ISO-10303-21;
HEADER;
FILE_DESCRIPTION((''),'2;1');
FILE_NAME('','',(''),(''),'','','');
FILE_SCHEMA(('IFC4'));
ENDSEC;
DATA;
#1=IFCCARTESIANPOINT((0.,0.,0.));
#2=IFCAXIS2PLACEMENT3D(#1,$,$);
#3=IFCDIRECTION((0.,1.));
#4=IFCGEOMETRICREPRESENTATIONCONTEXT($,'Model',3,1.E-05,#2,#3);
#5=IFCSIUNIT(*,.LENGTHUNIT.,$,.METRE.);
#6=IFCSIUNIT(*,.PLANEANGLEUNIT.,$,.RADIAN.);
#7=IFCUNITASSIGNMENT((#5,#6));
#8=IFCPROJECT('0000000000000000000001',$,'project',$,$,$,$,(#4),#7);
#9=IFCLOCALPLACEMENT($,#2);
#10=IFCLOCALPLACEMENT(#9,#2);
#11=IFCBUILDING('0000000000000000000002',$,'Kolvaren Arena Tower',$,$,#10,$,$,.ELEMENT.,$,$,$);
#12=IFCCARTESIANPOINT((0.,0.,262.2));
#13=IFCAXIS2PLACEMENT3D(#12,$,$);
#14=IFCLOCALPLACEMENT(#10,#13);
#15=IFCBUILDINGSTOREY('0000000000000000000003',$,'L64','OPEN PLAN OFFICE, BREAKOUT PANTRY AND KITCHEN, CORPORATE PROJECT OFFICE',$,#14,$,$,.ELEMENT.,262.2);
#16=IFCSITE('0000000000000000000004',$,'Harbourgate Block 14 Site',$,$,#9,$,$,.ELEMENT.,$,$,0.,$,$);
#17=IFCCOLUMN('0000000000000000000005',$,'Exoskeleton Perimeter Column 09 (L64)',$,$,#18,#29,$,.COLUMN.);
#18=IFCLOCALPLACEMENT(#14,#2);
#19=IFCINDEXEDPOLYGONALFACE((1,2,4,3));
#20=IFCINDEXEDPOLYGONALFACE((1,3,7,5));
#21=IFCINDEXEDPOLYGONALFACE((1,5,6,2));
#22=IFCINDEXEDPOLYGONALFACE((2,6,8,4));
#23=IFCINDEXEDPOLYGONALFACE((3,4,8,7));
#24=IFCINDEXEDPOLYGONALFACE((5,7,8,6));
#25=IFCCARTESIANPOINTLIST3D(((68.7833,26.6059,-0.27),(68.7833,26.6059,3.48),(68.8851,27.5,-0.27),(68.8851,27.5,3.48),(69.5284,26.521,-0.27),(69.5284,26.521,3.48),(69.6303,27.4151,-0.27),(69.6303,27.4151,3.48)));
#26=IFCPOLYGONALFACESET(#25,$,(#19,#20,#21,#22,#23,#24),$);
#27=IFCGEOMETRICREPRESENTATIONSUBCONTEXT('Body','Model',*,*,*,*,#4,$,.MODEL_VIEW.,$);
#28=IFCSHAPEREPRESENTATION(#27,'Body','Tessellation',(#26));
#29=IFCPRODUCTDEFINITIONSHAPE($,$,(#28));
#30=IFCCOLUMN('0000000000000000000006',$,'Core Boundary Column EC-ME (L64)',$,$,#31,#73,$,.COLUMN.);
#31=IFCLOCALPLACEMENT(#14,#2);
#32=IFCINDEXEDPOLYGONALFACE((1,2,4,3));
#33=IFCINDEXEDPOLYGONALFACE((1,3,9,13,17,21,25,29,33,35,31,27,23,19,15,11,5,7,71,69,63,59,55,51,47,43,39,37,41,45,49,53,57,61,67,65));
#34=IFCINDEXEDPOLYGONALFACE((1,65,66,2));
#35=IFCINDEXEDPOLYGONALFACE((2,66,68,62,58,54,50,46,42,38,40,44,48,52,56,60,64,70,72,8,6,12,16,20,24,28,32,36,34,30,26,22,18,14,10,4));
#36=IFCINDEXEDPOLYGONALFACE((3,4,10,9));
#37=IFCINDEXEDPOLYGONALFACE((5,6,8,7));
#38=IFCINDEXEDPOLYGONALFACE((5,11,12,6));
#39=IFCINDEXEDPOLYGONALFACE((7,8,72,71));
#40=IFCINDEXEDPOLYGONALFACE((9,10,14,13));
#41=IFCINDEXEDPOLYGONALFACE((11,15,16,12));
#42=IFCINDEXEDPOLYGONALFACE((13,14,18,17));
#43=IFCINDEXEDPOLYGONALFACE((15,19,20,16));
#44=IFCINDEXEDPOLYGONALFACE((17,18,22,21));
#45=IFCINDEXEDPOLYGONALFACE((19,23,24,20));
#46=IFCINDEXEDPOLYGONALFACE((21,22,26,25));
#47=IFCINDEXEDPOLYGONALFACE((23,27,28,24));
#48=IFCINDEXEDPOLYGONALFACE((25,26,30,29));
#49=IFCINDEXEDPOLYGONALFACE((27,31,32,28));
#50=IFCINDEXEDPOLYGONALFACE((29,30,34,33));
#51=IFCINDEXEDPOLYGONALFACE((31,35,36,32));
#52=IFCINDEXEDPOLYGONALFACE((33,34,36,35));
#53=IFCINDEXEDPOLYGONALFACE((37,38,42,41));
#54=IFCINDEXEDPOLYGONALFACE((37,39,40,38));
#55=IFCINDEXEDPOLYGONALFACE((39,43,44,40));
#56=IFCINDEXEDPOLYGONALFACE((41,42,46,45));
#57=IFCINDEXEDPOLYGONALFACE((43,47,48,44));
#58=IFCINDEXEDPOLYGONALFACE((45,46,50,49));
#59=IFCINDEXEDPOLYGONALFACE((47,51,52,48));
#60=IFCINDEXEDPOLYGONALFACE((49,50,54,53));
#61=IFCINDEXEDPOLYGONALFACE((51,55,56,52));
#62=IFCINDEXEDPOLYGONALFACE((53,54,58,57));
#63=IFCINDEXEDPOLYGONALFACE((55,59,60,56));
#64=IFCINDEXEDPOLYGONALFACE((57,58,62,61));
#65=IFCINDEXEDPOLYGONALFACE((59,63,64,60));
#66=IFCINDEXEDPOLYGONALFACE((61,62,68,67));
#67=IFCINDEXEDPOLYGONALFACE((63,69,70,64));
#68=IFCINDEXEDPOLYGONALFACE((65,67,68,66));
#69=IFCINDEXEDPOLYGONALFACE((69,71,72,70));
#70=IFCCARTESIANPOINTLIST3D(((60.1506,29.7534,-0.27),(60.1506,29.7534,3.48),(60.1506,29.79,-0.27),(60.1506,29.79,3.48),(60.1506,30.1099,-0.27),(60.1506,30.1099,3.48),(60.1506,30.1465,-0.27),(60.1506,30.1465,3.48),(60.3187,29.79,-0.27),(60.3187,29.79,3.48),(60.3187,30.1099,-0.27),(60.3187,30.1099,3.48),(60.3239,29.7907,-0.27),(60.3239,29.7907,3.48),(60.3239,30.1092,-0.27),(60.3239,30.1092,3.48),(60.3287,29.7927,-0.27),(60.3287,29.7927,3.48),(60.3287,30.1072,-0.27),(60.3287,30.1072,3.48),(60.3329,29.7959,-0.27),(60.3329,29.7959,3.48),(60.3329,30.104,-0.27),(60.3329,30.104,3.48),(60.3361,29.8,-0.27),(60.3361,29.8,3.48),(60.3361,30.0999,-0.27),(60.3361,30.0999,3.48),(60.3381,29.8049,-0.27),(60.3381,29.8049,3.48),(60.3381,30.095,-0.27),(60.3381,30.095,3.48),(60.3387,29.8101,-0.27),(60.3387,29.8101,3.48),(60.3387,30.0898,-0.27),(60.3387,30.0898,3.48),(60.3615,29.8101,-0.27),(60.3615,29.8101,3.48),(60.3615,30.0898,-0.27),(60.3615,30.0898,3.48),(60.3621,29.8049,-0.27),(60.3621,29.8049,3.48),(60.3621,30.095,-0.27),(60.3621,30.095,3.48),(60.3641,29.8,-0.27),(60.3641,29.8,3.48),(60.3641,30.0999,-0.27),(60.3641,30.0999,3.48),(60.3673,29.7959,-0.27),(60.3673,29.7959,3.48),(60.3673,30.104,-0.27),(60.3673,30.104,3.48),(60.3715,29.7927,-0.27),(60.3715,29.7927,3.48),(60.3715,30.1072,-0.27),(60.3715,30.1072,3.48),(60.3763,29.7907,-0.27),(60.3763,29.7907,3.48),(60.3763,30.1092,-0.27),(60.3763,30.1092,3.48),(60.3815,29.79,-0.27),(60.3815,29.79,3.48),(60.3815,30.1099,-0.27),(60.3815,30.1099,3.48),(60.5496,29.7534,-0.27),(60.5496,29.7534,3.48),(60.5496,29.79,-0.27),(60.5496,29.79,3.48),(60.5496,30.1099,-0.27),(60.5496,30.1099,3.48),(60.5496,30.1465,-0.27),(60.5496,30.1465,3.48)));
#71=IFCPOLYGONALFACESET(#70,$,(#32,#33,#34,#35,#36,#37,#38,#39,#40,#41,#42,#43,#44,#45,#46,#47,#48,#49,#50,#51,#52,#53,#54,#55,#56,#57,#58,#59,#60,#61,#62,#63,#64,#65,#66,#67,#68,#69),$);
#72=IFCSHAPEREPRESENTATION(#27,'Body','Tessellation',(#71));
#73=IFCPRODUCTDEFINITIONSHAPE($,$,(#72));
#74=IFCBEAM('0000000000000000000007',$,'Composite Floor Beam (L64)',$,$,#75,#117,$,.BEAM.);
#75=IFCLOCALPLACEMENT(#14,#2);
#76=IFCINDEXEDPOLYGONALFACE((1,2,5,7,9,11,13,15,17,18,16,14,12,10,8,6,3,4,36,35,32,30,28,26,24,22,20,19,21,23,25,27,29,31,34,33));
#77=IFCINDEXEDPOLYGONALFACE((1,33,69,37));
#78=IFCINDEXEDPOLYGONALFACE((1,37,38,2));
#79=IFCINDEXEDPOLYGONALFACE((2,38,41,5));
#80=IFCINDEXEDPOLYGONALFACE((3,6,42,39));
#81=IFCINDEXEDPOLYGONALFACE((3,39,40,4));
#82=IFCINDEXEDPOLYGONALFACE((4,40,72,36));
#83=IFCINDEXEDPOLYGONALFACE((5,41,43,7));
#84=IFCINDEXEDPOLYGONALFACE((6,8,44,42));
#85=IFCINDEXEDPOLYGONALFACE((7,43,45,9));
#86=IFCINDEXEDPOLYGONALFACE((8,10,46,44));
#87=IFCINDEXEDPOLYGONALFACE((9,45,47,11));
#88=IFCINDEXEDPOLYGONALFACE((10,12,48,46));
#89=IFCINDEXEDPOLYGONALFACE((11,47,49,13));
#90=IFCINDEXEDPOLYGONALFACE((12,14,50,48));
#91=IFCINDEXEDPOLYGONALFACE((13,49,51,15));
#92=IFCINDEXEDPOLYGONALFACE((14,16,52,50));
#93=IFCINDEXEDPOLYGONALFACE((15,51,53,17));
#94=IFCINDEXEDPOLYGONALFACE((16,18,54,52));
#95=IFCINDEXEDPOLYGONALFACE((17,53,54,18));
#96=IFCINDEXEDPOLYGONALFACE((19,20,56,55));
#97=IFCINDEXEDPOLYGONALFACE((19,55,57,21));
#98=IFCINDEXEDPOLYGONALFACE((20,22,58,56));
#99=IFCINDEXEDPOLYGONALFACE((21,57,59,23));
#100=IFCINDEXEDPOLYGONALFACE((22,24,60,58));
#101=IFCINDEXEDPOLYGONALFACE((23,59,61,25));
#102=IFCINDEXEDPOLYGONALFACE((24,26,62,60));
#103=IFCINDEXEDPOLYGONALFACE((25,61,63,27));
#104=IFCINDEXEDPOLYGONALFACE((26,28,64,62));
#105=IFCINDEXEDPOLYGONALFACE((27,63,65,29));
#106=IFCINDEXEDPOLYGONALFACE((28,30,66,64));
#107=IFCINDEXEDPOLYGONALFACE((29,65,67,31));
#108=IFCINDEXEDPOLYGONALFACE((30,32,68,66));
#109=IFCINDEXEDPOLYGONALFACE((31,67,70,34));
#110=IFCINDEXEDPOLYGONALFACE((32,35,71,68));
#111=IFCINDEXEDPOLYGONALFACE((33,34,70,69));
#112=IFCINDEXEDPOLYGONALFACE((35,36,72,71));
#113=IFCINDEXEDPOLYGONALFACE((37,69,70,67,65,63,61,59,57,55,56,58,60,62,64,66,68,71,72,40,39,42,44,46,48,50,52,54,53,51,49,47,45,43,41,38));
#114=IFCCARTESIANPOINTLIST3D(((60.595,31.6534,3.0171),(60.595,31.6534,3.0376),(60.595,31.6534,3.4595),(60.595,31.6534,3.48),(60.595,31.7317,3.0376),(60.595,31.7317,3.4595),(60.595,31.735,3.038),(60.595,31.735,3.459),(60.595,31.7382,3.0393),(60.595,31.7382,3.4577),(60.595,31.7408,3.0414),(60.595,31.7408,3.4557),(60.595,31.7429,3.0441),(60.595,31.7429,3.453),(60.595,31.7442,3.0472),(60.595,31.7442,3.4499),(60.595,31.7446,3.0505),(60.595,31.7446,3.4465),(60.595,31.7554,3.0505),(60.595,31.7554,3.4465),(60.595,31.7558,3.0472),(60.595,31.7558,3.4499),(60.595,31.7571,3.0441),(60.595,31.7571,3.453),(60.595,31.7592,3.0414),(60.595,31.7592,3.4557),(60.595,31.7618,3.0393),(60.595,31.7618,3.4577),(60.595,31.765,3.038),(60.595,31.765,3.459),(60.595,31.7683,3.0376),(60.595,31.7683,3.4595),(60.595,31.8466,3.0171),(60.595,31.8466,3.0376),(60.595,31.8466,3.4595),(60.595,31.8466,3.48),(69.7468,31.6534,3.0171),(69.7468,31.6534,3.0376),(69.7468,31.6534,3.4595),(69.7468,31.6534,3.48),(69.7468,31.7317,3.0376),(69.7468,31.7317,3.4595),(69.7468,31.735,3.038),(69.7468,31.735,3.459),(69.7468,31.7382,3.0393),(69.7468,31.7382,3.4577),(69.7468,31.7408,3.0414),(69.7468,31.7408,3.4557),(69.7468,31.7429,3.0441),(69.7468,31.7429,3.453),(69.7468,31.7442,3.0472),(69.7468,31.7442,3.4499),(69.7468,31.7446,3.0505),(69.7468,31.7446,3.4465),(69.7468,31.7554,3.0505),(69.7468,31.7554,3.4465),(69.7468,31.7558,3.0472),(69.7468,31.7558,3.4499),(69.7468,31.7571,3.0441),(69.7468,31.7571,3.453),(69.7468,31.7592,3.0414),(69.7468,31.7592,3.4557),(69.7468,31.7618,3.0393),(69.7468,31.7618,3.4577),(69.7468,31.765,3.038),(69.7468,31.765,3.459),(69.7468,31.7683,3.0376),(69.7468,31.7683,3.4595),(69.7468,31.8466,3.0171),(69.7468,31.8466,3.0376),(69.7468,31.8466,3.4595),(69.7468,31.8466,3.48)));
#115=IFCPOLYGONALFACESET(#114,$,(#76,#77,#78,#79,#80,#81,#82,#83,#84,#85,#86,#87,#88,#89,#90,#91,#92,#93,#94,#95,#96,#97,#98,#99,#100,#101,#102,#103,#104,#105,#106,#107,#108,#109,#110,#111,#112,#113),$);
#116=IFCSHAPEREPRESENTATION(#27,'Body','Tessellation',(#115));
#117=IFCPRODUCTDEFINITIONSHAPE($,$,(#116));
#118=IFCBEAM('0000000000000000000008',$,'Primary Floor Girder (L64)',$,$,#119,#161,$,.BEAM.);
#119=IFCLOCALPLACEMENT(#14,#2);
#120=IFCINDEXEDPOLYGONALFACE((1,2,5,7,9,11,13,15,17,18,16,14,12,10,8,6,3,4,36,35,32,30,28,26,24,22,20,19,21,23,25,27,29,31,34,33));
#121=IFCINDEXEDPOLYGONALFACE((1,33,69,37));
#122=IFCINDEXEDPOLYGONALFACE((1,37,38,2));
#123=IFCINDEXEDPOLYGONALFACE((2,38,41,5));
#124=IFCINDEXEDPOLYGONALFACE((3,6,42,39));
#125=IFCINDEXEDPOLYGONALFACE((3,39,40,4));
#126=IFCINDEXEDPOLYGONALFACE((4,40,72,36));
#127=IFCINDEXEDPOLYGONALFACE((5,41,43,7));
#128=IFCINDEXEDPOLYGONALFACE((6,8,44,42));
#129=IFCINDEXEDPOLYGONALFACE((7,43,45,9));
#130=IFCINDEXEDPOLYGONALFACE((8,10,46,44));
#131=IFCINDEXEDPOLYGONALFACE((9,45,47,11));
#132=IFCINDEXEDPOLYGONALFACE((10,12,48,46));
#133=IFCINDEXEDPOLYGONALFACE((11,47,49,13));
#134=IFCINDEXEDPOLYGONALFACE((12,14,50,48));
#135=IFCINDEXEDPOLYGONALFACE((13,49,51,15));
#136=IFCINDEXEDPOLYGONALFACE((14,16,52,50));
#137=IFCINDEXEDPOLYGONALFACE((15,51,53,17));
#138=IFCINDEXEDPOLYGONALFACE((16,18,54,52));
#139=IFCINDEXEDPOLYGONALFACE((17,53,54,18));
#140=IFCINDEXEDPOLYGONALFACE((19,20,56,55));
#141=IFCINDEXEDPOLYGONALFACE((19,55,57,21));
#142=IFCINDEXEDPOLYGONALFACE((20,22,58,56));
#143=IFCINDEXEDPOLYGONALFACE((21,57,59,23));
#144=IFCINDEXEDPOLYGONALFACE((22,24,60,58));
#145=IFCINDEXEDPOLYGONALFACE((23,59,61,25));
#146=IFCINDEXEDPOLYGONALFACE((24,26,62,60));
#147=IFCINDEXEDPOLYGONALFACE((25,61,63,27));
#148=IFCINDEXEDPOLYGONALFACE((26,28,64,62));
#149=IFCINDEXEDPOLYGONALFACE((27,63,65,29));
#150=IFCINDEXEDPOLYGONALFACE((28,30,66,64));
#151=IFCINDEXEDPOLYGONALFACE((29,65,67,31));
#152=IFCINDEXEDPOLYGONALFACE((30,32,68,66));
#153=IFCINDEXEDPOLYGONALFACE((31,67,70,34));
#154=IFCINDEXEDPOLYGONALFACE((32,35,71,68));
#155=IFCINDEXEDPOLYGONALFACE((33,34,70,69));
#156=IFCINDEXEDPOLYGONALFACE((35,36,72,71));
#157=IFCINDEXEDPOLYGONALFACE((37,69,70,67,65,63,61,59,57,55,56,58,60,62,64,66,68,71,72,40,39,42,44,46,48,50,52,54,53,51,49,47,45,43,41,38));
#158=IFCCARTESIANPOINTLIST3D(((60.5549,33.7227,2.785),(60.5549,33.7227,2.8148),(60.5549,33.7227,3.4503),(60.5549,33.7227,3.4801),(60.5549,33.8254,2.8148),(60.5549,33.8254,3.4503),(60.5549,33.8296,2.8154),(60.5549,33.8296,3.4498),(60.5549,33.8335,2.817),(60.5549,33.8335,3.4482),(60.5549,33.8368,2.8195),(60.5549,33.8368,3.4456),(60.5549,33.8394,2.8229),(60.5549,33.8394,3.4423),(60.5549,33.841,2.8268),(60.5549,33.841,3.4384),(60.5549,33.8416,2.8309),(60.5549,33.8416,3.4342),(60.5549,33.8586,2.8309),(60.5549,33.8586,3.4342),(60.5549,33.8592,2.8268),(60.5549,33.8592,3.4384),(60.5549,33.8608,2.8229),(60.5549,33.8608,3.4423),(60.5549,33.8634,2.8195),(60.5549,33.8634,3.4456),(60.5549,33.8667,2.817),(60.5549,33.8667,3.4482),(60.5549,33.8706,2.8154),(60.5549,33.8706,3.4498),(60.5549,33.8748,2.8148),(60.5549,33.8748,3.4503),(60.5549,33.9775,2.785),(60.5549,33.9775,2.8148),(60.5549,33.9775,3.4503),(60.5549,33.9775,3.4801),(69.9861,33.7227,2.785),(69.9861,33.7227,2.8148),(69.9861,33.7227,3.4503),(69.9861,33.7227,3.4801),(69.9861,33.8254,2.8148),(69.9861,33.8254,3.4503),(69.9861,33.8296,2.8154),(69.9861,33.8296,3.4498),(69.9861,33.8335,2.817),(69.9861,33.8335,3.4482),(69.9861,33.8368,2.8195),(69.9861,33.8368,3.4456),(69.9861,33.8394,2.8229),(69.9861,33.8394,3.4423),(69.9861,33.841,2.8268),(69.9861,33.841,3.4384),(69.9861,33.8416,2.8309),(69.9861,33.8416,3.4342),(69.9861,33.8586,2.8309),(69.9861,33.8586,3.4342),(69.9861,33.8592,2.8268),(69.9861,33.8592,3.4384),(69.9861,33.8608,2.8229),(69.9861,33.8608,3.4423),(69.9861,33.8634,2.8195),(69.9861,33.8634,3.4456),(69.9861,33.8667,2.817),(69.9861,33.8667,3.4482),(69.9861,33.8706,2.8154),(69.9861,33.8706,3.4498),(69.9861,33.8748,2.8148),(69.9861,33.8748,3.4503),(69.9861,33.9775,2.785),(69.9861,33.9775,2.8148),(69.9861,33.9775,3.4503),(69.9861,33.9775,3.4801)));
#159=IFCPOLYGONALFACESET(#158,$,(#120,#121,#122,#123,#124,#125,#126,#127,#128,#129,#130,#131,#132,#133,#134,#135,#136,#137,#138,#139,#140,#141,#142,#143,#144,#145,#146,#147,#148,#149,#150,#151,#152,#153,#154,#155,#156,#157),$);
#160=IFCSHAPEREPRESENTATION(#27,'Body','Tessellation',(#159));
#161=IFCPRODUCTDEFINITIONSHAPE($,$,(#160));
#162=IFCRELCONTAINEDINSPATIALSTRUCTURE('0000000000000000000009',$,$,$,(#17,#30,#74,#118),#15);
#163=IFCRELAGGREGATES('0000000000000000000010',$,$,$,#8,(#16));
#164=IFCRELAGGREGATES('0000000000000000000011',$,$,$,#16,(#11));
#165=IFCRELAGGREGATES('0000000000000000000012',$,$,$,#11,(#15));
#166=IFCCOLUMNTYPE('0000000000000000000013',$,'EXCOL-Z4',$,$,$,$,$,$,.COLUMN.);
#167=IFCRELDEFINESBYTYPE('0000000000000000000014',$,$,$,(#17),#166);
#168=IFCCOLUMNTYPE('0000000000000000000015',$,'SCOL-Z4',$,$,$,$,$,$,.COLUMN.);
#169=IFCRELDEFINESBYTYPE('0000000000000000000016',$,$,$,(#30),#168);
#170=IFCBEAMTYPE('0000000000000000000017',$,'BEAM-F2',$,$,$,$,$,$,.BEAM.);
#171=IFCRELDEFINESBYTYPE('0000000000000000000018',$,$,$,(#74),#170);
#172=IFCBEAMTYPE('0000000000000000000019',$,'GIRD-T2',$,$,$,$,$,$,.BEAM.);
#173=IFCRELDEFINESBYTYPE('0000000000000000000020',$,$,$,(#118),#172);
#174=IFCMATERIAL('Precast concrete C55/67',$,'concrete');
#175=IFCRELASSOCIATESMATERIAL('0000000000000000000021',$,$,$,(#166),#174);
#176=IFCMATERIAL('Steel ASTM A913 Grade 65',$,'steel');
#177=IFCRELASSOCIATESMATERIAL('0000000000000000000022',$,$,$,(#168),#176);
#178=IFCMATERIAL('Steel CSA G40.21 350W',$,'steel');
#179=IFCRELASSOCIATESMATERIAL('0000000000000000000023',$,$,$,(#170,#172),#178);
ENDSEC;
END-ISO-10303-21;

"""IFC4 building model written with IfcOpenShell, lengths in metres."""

from ifc_helpers import new_model, si_unit, direction, frame, origin, origin_2d, place, context, subcontext, project, spatial, rectangle, i_section, extrude, material, material_profile, profile_set, type_object, element, save


model = new_model("IFC4")

# Units and contexts
model_context = context("Model", 3, precision=1e-05, world=origin(), true_north=direction((0.0, 1.0)))
body_context = subcontext(model_context, "Body", "Model", "MODEL_VIEW")
ifc_project = project(units=[si_unit("LENGTHUNIT", "METRE"), si_unit("PLANEANGLEUNIT", "RADIAN")], contexts=[model_context])

# Site, building, storey
site_placement = place(None, origin())
site = spatial("IfcSite", under=ifc_project, at=site_placement, Name="Harbourgate Block 14 Site", CompositionType="ELEMENT", RefElevation=0.0)
building_placement = place(site_placement, origin())
building = spatial("IfcBuilding", under=site, at=building_placement, Name="Kolvaren Arena Tower", CompositionType="ELEMENT")
storey_placement = place(building_placement, frame((0.0, 0.0, 262.2)))
storey = spatial("IfcBuildingStorey", under=building, at=storey_placement, Name="L64", Description="OPEN PLAN OFFICE, BREAKOUT PANTRY AND KITCHEN, CORPORATE PROJECT OFFICE", CompositionType="ELEMENT", Elevation=262.2)

# Columns
ifc_material_1 = material(Name="Precast concrete C55/67", Category="concrete")
ifc_material_profile_1 = material_profile(ifc_material_1, rectangle(XDim=0.8999, YDim=0.75, at=origin_2d()), Name="RC-900x750")
ifc_profile_set_1 = profile_set([ifc_material_profile_1], Name="Precast concrete C55/67")
column_type_1 = type_object("IfcColumnType", Name="EXCOL-Z4", PredefinedType="COLUMN", material=ifc_profile_set_1)
column_1_placement = place(storey_placement, frame((69.2068, 27.0105, -0.27), z_axis=(0.0, 0.0, 1.0), x_axis=(0.113203, 0.993572, 0.0)))
element("IfcColumn", 1, at=column_1_placement, inside=storey, type_object=column_type_1, Name="Exoskeleton Perimeter Column 09 (L64)", PredefinedType="COLUMN", context=body_context, shape_type="SweptSolid", body=[
    extrude(rectangle(XDim=0.8999, YDim=0.75, at=origin_2d()), origin(), (0.0, 0.0, 1.0), 3.75),
])
ifc_material_2 = material(Name="Steel ASTM A913 Grade 65", Category="steel")
ifc_material_profile_2 = material_profile(ifc_material_2, i_section(OverallWidth=0.3989, OverallDepth=0.3931, WebThickness=0.0227, FlangeThickness=0.0366, FilletRadius=0.02, at=origin_2d()), Name="W360x287")
ifc_profile_set_2 = profile_set([ifc_material_profile_2], Name="Steel ASTM A913 Grade 65")
column_type_2 = type_object("IfcColumnType", Name="SCOL-Z4", PredefinedType="COLUMN", material=ifc_profile_set_2)
column_2_placement = place(storey_placement, frame((60.3501, 29.95, -0.27), z_axis=(0.0, 0.0, 1.0), x_axis=(1.0, 0.0, 0.0)))
element("IfcColumn", 2, at=column_2_placement, inside=storey, type_object=column_type_2, Name="Core Boundary Column EC-ME (L64)", PredefinedType="COLUMN", context=body_context, shape_type="SweptSolid", body=[
    extrude(i_section(OverallWidth=0.3989, OverallDepth=0.3931, WebThickness=0.0227, FlangeThickness=0.0366, FilletRadius=0.02, at=origin_2d()), origin(), (0.0, 0.0, 1.0), 3.75),
])

# Beams
ifc_material_3 = material(Name="Steel CSA G40.21 350W", Category="steel")
ifc_material_profile_3 = material_profile(ifc_material_3, i_section(OverallWidth=0.1931, OverallDepth=0.4629, WebThickness=0.0107, FlangeThickness=0.0205, FilletRadius=0.0129, at=origin_2d()), Name="W460x113")
ifc_profile_set_3 = profile_set([ifc_material_profile_3], Name="Steel CSA G40.21 350W")
beam_type_1 = type_object("IfcBeamType", Name="BEAM-F2", PredefinedType="BEAM", material=ifc_profile_set_3)
beam_1_placement = place(storey_placement, frame((60.595, 31.75, 3.2485), z_axis=(1.0, 0.0, 0.0), x_axis=(0.0, 1.0, 0.0)))
element("IfcBeam", 3, at=beam_1_placement, inside=storey, type_object=beam_type_1, Name="Composite Floor Beam (L64)", PredefinedType="BEAM", context=body_context, shape_type="SweptSolid", body=[
    extrude(i_section(OverallWidth=0.1931, OverallDepth=0.4629, WebThickness=0.0107, FlangeThickness=0.0205, FilletRadius=0.0129, at=origin_2d()), origin(), (0.0, 0.0, 1.0), 9.1519),
])
ifc_material_profile_4 = material_profile(ifc_material_3, i_section(OverallWidth=0.2549, OverallDepth=0.6951, WebThickness=0.0171, FlangeThickness=0.0298, FilletRadius=0.0161, at=origin_2d()), Name="W690x217")
ifc_profile_set_4 = profile_set([ifc_material_profile_4], Name="Steel CSA G40.21 350W")
beam_type_2 = type_object("IfcBeamType", Name="GIRD-T2", PredefinedType="BEAM", material=ifc_profile_set_4)
beam_2_placement = place(storey_placement, frame((60.5549, 33.8501, 3.1326), z_axis=(1.0, 0.0, 0.0), x_axis=(0.0, 1.0, 0.0)))
element("IfcBeam", 4, at=beam_2_placement, inside=storey, type_object=beam_type_2, Name="Primary Floor Girder (L64)", PredefinedType="BEAM", context=body_context, shape_type="SweptSolid", body=[
    extrude(i_section(OverallWidth=0.2549, OverallDepth=0.6951, WebThickness=0.0171, FlangeThickness=0.0298, FilletRadius=0.0161, at=origin_2d()), origin(), (0.0, 0.0, 1.0), 9.4312),
])

save(model, "model.ifc")
